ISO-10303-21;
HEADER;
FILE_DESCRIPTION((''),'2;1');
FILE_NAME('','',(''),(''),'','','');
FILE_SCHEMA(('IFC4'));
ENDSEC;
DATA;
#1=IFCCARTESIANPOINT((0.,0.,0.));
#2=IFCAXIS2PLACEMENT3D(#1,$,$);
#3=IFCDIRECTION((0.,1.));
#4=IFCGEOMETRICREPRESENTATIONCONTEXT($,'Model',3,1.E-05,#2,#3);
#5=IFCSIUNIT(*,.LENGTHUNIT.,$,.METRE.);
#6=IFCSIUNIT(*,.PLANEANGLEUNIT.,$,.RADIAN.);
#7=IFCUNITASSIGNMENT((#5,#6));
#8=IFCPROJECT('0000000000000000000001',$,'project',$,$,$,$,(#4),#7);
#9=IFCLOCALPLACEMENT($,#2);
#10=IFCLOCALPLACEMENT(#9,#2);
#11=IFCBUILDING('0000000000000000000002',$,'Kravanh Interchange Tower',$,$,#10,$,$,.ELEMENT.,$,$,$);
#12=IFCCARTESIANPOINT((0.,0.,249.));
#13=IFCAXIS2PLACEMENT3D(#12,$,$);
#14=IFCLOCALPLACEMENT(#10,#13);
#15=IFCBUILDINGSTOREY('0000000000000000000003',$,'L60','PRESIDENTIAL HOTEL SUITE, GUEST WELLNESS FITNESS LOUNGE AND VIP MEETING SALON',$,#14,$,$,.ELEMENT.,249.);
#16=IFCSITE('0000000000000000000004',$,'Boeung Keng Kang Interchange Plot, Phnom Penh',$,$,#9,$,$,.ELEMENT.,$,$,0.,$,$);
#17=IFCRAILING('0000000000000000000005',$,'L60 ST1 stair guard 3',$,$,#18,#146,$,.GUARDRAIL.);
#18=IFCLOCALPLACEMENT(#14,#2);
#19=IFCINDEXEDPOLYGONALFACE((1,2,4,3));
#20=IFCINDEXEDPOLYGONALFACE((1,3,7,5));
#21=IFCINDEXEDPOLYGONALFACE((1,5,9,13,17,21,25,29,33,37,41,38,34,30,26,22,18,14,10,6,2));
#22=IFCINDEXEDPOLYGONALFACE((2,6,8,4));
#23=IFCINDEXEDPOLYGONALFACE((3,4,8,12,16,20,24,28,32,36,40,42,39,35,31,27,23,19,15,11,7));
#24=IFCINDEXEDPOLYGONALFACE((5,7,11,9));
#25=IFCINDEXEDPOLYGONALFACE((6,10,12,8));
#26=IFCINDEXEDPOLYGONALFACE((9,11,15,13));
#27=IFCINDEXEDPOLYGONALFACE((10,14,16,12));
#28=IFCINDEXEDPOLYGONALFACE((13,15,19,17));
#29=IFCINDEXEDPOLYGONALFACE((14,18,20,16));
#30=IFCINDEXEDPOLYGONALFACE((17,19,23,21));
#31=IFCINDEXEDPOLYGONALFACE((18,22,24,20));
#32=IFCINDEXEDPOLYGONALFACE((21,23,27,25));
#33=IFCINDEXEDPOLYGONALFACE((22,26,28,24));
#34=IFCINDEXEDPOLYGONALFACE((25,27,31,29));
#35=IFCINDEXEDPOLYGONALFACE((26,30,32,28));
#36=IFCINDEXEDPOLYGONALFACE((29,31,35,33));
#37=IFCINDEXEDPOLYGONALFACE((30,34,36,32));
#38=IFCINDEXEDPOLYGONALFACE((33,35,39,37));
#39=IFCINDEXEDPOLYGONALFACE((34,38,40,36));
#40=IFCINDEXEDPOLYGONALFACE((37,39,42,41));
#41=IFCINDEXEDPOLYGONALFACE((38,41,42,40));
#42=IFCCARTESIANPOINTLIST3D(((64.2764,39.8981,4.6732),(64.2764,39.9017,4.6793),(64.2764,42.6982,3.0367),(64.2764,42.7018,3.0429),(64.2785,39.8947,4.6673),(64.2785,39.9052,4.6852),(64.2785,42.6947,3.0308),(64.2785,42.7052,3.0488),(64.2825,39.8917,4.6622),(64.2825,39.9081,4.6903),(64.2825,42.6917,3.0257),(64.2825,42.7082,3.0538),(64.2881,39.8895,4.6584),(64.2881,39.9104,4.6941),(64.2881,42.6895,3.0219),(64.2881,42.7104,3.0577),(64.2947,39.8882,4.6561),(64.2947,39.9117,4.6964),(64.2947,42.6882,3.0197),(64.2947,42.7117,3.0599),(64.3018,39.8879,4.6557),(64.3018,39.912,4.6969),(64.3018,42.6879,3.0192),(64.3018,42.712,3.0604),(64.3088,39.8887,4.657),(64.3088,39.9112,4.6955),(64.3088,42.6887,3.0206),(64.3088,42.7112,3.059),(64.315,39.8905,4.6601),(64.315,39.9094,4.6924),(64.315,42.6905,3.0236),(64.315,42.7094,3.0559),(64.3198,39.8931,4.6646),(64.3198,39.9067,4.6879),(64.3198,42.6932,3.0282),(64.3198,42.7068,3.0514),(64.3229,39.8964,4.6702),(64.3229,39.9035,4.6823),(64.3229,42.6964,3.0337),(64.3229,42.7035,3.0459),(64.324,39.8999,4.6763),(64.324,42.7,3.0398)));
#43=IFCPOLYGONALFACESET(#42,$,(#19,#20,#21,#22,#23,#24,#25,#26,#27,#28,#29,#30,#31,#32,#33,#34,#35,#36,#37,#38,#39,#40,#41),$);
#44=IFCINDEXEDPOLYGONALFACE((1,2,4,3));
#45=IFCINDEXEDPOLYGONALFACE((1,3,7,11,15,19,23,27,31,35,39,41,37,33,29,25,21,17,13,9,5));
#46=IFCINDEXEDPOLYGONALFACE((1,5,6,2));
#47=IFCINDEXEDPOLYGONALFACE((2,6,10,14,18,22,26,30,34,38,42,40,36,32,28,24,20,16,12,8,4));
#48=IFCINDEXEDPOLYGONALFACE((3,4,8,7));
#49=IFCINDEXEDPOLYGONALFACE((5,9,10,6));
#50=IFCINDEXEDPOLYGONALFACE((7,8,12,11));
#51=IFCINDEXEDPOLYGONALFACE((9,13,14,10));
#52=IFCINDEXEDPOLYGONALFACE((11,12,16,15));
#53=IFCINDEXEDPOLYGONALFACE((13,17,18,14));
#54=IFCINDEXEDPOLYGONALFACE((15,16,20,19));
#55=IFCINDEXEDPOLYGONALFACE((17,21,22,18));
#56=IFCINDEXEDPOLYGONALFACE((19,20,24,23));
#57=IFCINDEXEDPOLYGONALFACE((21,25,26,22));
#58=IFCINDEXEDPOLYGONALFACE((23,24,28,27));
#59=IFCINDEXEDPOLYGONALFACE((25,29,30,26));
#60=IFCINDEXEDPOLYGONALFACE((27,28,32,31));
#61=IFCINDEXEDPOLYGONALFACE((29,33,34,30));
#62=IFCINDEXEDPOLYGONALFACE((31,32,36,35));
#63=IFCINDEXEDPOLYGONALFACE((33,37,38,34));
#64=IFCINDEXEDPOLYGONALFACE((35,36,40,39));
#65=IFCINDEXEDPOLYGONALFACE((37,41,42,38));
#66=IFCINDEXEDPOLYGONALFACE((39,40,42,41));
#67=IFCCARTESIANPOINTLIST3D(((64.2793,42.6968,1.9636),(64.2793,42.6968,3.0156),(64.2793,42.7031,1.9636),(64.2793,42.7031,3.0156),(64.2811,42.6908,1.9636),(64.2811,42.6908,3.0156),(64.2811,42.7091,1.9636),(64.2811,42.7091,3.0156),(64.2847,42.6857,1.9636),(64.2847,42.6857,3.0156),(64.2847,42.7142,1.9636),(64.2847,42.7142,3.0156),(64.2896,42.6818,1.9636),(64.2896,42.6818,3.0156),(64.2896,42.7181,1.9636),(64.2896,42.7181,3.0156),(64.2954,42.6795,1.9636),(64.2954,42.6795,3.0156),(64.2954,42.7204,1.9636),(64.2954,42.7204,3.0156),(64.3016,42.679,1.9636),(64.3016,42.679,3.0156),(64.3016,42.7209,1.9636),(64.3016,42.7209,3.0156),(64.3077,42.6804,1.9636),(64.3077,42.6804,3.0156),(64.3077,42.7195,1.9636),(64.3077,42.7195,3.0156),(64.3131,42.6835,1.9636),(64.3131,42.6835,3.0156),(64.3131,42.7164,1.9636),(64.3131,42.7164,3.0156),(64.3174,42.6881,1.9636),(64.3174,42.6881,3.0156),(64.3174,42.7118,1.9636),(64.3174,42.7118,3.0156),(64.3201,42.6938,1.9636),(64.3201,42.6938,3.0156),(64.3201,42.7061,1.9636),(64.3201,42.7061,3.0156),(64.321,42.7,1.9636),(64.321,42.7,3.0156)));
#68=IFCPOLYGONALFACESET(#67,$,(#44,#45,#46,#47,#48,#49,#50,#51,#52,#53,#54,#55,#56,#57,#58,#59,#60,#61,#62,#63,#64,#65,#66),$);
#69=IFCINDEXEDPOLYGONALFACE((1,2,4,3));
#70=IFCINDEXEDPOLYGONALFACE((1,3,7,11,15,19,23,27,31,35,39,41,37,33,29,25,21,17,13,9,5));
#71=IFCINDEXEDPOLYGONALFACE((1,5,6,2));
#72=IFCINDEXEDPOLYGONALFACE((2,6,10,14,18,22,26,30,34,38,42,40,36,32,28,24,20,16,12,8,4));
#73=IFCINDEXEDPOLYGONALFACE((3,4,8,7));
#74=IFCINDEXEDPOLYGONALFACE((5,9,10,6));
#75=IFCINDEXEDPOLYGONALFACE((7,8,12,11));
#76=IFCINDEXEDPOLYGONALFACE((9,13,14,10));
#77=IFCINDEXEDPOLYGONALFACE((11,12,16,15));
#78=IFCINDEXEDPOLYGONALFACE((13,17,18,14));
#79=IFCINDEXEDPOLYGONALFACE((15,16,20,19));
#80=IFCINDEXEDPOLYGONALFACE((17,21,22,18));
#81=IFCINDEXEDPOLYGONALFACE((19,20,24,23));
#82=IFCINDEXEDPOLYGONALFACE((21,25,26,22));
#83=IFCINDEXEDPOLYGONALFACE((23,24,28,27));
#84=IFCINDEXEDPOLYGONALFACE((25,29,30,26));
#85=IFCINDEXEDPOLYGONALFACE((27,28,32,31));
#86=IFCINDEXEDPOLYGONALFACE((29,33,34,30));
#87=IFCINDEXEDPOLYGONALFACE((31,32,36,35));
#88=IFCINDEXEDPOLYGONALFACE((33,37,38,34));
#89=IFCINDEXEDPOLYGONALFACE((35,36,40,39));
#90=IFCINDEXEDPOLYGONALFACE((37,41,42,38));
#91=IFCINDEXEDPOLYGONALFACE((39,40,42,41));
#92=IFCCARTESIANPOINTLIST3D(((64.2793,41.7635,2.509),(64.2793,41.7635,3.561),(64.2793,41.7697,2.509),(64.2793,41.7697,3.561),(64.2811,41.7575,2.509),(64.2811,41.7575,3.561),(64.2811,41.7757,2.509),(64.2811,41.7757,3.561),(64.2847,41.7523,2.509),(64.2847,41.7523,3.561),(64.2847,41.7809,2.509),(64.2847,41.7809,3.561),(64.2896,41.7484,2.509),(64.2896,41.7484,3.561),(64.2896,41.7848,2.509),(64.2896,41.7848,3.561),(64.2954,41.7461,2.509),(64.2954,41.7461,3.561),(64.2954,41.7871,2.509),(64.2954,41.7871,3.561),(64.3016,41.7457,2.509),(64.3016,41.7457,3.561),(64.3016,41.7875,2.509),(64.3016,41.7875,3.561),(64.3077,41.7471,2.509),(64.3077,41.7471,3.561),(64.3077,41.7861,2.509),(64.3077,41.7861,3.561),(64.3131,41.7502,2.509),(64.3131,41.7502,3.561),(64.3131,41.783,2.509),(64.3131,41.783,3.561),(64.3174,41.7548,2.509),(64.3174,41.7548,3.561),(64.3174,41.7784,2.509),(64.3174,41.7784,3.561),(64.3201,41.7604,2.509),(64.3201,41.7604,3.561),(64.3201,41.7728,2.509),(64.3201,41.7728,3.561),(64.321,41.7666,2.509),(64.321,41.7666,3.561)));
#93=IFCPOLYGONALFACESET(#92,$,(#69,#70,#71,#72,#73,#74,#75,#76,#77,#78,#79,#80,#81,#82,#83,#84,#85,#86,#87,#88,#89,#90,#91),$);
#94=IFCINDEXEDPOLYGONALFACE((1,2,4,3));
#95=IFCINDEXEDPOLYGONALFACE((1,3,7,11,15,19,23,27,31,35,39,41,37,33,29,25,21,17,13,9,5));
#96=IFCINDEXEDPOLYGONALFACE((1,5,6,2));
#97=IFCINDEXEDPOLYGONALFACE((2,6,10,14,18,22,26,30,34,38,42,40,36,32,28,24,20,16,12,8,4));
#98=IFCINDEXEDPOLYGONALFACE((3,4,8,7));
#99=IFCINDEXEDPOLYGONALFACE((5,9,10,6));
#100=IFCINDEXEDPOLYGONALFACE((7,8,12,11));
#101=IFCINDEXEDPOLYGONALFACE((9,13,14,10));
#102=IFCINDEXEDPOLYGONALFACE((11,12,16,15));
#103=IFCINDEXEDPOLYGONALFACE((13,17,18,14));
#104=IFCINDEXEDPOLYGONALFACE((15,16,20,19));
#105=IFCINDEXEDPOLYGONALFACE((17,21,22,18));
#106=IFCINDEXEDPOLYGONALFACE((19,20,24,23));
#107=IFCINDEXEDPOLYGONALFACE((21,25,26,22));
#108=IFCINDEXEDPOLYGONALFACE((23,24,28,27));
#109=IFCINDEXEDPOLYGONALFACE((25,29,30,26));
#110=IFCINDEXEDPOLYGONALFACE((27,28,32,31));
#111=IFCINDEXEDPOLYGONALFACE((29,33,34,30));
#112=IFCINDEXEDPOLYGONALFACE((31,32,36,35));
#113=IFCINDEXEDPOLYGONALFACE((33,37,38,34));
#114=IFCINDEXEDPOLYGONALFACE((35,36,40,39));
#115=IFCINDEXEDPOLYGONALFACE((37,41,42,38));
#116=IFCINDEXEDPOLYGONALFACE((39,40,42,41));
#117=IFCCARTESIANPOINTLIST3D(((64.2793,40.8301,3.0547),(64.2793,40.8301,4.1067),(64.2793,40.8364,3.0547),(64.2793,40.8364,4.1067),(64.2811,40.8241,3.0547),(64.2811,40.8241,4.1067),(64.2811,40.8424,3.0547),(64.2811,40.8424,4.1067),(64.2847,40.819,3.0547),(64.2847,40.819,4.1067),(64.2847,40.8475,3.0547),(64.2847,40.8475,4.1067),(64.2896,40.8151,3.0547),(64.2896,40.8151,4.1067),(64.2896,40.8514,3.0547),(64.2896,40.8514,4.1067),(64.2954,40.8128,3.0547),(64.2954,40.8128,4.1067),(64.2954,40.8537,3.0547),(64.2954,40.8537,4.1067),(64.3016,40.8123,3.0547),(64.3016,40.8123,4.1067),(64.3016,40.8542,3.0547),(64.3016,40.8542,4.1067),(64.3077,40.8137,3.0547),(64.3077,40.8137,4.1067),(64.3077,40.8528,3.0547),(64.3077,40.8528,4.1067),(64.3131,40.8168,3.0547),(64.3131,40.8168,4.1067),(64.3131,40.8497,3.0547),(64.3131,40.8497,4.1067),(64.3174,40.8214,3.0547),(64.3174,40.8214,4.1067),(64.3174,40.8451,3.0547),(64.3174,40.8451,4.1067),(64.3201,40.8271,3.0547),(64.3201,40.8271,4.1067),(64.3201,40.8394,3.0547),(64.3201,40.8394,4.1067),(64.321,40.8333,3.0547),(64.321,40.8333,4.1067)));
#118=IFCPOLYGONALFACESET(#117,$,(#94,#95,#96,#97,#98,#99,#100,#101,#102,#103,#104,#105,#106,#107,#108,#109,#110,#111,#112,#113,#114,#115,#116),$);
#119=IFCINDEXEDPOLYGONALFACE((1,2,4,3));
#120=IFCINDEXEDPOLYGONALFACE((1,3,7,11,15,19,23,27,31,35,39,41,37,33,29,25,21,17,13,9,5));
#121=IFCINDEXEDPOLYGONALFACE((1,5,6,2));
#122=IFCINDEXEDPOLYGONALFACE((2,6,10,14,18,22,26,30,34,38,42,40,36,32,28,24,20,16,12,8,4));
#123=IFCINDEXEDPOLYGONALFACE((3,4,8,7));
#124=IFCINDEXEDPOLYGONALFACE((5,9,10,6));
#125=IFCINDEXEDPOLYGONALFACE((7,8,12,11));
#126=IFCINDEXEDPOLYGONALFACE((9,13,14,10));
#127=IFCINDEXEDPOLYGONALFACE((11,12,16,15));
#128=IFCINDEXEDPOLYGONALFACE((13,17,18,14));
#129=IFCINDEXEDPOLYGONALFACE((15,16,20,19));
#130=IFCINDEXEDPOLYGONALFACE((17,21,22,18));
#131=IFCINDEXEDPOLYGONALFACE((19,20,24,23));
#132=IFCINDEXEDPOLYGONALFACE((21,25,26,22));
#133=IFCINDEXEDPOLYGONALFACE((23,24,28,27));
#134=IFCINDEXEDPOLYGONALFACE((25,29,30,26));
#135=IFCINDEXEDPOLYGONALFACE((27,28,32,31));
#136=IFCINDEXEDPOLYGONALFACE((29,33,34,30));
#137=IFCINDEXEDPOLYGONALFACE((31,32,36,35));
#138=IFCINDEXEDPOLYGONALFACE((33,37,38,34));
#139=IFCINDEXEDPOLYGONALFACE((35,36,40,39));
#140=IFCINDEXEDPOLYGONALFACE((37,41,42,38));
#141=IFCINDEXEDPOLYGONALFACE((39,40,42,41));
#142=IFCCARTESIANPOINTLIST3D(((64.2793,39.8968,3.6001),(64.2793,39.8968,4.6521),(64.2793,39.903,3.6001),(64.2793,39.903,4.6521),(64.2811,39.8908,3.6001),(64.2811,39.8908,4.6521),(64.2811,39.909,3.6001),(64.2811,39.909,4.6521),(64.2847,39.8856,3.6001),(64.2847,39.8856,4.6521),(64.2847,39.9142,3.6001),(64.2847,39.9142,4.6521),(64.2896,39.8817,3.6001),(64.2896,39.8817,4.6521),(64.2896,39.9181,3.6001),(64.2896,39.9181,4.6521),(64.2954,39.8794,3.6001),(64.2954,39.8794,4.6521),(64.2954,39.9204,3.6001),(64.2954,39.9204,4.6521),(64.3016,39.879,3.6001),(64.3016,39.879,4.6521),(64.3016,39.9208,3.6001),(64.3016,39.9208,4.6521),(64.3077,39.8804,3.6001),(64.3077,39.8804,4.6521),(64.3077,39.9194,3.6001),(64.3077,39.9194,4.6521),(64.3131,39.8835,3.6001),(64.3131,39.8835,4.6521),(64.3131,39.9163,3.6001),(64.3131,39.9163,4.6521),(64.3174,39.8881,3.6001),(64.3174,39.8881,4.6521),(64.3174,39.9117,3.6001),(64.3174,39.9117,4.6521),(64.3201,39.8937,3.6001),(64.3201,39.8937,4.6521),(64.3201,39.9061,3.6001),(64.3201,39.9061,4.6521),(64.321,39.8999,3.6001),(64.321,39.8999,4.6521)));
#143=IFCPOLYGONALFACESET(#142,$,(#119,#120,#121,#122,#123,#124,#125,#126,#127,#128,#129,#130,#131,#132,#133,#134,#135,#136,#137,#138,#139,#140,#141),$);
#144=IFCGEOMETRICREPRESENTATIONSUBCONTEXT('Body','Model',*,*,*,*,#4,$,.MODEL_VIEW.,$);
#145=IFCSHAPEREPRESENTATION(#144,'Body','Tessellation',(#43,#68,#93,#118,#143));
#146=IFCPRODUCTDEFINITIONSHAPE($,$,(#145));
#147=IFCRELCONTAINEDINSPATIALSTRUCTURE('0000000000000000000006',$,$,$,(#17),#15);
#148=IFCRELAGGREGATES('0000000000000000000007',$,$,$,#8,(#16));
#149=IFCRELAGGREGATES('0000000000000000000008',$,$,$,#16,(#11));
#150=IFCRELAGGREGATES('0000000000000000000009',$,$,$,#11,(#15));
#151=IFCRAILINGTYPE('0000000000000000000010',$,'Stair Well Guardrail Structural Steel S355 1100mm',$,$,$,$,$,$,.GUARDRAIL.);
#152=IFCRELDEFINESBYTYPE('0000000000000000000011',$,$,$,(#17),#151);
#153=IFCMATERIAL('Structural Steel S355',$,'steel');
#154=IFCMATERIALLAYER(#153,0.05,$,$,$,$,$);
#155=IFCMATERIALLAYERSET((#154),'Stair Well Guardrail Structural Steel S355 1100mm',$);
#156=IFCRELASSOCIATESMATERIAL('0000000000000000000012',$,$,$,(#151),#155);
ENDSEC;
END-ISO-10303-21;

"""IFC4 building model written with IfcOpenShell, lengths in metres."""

from ifc_helpers import new_model, si_unit, direction, frame, origin, origin_2d, place, context, subcontext, project, spatial, circle, extrude, material, layer, layer_set, type_object, element, save


model = new_model("IFC4")

# Units and contexts
model_context = context("Model", 3, precision=1e-05, world=origin(), true_north=direction((0.0, 1.0)))
body_context = subcontext(model_context, "Body", "Model", "MODEL_VIEW")
ifc_project = project(units=[si_unit("LENGTHUNIT", "METRE"), si_unit("PLANEANGLEUNIT", "RADIAN")], contexts=[model_context])

# Site, building, storey
site_placement = place(None, origin())
site = spatial("IfcSite", under=ifc_project, at=site_placement, Name="Boeung Keng Kang Interchange Plot, Phnom Penh", CompositionType="ELEMENT", RefElevation=0.0)
building_placement = place(site_placement, origin())
building = spatial("IfcBuilding", under=site, at=building_placement, Name="Kravanh Interchange Tower", CompositionType="ELEMENT")
storey_placement = place(building_placement, frame((0.0, 0.0, 249.0)))
storey = spatial("IfcBuildingStorey", under=building, at=storey_placement, Name="L60", Description="PRESIDENTIAL HOTEL SUITE, GUEST WELLNESS FITNESS LOUNGE AND VIP MEETING SALON", CompositionType="ELEMENT", Elevation=249.0)

# Railing
ifc_material_1 = material(Name="Structural Steel S355", Category="steel")
ifc_layer_1 = layer(ifc_material_1, 0.05)
ifc_layer_set_1 = layer_set([ifc_layer_1], Name="Stair Well Guardrail Structural Steel S355 1100mm")
railing_type_1 = type_object("IfcRailingType", Name="Stair Well Guardrail Structural Steel S355 1100mm", PredefinedType="GUARDRAIL", material=ifc_layer_set_1)
railing_1_placement = place(storey_placement, frame((64.3, 42.7, 1.9636)))
element("IfcRailing", 1, at=railing_1_placement, inside=storey, type_object=railing_type_1, Name="L60 ST1 stair guard 3", PredefinedType="GUARDRAIL", context=body_context, shape_type="SweptSolid", body=[
    extrude(circle(Radius=0.0239, at=origin_2d()), frame((0.0, 0.0, 1.0762), z_axis=(0.0, -0.863361, 0.504587), x_axis=(1.0, 0.0, 0.0)), (0.0, 0.0, 1.0), 3.2432),
    extrude(circle(Radius=0.021, at=origin_2d()), origin(), (0.0, 0.0, 1.0), 1.052),
    extrude(circle(Radius=0.021, at=origin_2d()), frame((0.0, -0.9333, 0.5454)), (0.0, 0.0, 1.0), 1.052),
    extrude(circle(Radius=0.021, at=origin_2d()), frame((0.0, -1.8667, 1.0911)), (0.0, 0.0, 1.0), 1.052),
    extrude(circle(Radius=0.021, at=origin_2d()), frame((0.0, -2.8, 1.6365)), (0.0, 0.0, 1.0), 1.052),
])

save(model, "model.ifc")
